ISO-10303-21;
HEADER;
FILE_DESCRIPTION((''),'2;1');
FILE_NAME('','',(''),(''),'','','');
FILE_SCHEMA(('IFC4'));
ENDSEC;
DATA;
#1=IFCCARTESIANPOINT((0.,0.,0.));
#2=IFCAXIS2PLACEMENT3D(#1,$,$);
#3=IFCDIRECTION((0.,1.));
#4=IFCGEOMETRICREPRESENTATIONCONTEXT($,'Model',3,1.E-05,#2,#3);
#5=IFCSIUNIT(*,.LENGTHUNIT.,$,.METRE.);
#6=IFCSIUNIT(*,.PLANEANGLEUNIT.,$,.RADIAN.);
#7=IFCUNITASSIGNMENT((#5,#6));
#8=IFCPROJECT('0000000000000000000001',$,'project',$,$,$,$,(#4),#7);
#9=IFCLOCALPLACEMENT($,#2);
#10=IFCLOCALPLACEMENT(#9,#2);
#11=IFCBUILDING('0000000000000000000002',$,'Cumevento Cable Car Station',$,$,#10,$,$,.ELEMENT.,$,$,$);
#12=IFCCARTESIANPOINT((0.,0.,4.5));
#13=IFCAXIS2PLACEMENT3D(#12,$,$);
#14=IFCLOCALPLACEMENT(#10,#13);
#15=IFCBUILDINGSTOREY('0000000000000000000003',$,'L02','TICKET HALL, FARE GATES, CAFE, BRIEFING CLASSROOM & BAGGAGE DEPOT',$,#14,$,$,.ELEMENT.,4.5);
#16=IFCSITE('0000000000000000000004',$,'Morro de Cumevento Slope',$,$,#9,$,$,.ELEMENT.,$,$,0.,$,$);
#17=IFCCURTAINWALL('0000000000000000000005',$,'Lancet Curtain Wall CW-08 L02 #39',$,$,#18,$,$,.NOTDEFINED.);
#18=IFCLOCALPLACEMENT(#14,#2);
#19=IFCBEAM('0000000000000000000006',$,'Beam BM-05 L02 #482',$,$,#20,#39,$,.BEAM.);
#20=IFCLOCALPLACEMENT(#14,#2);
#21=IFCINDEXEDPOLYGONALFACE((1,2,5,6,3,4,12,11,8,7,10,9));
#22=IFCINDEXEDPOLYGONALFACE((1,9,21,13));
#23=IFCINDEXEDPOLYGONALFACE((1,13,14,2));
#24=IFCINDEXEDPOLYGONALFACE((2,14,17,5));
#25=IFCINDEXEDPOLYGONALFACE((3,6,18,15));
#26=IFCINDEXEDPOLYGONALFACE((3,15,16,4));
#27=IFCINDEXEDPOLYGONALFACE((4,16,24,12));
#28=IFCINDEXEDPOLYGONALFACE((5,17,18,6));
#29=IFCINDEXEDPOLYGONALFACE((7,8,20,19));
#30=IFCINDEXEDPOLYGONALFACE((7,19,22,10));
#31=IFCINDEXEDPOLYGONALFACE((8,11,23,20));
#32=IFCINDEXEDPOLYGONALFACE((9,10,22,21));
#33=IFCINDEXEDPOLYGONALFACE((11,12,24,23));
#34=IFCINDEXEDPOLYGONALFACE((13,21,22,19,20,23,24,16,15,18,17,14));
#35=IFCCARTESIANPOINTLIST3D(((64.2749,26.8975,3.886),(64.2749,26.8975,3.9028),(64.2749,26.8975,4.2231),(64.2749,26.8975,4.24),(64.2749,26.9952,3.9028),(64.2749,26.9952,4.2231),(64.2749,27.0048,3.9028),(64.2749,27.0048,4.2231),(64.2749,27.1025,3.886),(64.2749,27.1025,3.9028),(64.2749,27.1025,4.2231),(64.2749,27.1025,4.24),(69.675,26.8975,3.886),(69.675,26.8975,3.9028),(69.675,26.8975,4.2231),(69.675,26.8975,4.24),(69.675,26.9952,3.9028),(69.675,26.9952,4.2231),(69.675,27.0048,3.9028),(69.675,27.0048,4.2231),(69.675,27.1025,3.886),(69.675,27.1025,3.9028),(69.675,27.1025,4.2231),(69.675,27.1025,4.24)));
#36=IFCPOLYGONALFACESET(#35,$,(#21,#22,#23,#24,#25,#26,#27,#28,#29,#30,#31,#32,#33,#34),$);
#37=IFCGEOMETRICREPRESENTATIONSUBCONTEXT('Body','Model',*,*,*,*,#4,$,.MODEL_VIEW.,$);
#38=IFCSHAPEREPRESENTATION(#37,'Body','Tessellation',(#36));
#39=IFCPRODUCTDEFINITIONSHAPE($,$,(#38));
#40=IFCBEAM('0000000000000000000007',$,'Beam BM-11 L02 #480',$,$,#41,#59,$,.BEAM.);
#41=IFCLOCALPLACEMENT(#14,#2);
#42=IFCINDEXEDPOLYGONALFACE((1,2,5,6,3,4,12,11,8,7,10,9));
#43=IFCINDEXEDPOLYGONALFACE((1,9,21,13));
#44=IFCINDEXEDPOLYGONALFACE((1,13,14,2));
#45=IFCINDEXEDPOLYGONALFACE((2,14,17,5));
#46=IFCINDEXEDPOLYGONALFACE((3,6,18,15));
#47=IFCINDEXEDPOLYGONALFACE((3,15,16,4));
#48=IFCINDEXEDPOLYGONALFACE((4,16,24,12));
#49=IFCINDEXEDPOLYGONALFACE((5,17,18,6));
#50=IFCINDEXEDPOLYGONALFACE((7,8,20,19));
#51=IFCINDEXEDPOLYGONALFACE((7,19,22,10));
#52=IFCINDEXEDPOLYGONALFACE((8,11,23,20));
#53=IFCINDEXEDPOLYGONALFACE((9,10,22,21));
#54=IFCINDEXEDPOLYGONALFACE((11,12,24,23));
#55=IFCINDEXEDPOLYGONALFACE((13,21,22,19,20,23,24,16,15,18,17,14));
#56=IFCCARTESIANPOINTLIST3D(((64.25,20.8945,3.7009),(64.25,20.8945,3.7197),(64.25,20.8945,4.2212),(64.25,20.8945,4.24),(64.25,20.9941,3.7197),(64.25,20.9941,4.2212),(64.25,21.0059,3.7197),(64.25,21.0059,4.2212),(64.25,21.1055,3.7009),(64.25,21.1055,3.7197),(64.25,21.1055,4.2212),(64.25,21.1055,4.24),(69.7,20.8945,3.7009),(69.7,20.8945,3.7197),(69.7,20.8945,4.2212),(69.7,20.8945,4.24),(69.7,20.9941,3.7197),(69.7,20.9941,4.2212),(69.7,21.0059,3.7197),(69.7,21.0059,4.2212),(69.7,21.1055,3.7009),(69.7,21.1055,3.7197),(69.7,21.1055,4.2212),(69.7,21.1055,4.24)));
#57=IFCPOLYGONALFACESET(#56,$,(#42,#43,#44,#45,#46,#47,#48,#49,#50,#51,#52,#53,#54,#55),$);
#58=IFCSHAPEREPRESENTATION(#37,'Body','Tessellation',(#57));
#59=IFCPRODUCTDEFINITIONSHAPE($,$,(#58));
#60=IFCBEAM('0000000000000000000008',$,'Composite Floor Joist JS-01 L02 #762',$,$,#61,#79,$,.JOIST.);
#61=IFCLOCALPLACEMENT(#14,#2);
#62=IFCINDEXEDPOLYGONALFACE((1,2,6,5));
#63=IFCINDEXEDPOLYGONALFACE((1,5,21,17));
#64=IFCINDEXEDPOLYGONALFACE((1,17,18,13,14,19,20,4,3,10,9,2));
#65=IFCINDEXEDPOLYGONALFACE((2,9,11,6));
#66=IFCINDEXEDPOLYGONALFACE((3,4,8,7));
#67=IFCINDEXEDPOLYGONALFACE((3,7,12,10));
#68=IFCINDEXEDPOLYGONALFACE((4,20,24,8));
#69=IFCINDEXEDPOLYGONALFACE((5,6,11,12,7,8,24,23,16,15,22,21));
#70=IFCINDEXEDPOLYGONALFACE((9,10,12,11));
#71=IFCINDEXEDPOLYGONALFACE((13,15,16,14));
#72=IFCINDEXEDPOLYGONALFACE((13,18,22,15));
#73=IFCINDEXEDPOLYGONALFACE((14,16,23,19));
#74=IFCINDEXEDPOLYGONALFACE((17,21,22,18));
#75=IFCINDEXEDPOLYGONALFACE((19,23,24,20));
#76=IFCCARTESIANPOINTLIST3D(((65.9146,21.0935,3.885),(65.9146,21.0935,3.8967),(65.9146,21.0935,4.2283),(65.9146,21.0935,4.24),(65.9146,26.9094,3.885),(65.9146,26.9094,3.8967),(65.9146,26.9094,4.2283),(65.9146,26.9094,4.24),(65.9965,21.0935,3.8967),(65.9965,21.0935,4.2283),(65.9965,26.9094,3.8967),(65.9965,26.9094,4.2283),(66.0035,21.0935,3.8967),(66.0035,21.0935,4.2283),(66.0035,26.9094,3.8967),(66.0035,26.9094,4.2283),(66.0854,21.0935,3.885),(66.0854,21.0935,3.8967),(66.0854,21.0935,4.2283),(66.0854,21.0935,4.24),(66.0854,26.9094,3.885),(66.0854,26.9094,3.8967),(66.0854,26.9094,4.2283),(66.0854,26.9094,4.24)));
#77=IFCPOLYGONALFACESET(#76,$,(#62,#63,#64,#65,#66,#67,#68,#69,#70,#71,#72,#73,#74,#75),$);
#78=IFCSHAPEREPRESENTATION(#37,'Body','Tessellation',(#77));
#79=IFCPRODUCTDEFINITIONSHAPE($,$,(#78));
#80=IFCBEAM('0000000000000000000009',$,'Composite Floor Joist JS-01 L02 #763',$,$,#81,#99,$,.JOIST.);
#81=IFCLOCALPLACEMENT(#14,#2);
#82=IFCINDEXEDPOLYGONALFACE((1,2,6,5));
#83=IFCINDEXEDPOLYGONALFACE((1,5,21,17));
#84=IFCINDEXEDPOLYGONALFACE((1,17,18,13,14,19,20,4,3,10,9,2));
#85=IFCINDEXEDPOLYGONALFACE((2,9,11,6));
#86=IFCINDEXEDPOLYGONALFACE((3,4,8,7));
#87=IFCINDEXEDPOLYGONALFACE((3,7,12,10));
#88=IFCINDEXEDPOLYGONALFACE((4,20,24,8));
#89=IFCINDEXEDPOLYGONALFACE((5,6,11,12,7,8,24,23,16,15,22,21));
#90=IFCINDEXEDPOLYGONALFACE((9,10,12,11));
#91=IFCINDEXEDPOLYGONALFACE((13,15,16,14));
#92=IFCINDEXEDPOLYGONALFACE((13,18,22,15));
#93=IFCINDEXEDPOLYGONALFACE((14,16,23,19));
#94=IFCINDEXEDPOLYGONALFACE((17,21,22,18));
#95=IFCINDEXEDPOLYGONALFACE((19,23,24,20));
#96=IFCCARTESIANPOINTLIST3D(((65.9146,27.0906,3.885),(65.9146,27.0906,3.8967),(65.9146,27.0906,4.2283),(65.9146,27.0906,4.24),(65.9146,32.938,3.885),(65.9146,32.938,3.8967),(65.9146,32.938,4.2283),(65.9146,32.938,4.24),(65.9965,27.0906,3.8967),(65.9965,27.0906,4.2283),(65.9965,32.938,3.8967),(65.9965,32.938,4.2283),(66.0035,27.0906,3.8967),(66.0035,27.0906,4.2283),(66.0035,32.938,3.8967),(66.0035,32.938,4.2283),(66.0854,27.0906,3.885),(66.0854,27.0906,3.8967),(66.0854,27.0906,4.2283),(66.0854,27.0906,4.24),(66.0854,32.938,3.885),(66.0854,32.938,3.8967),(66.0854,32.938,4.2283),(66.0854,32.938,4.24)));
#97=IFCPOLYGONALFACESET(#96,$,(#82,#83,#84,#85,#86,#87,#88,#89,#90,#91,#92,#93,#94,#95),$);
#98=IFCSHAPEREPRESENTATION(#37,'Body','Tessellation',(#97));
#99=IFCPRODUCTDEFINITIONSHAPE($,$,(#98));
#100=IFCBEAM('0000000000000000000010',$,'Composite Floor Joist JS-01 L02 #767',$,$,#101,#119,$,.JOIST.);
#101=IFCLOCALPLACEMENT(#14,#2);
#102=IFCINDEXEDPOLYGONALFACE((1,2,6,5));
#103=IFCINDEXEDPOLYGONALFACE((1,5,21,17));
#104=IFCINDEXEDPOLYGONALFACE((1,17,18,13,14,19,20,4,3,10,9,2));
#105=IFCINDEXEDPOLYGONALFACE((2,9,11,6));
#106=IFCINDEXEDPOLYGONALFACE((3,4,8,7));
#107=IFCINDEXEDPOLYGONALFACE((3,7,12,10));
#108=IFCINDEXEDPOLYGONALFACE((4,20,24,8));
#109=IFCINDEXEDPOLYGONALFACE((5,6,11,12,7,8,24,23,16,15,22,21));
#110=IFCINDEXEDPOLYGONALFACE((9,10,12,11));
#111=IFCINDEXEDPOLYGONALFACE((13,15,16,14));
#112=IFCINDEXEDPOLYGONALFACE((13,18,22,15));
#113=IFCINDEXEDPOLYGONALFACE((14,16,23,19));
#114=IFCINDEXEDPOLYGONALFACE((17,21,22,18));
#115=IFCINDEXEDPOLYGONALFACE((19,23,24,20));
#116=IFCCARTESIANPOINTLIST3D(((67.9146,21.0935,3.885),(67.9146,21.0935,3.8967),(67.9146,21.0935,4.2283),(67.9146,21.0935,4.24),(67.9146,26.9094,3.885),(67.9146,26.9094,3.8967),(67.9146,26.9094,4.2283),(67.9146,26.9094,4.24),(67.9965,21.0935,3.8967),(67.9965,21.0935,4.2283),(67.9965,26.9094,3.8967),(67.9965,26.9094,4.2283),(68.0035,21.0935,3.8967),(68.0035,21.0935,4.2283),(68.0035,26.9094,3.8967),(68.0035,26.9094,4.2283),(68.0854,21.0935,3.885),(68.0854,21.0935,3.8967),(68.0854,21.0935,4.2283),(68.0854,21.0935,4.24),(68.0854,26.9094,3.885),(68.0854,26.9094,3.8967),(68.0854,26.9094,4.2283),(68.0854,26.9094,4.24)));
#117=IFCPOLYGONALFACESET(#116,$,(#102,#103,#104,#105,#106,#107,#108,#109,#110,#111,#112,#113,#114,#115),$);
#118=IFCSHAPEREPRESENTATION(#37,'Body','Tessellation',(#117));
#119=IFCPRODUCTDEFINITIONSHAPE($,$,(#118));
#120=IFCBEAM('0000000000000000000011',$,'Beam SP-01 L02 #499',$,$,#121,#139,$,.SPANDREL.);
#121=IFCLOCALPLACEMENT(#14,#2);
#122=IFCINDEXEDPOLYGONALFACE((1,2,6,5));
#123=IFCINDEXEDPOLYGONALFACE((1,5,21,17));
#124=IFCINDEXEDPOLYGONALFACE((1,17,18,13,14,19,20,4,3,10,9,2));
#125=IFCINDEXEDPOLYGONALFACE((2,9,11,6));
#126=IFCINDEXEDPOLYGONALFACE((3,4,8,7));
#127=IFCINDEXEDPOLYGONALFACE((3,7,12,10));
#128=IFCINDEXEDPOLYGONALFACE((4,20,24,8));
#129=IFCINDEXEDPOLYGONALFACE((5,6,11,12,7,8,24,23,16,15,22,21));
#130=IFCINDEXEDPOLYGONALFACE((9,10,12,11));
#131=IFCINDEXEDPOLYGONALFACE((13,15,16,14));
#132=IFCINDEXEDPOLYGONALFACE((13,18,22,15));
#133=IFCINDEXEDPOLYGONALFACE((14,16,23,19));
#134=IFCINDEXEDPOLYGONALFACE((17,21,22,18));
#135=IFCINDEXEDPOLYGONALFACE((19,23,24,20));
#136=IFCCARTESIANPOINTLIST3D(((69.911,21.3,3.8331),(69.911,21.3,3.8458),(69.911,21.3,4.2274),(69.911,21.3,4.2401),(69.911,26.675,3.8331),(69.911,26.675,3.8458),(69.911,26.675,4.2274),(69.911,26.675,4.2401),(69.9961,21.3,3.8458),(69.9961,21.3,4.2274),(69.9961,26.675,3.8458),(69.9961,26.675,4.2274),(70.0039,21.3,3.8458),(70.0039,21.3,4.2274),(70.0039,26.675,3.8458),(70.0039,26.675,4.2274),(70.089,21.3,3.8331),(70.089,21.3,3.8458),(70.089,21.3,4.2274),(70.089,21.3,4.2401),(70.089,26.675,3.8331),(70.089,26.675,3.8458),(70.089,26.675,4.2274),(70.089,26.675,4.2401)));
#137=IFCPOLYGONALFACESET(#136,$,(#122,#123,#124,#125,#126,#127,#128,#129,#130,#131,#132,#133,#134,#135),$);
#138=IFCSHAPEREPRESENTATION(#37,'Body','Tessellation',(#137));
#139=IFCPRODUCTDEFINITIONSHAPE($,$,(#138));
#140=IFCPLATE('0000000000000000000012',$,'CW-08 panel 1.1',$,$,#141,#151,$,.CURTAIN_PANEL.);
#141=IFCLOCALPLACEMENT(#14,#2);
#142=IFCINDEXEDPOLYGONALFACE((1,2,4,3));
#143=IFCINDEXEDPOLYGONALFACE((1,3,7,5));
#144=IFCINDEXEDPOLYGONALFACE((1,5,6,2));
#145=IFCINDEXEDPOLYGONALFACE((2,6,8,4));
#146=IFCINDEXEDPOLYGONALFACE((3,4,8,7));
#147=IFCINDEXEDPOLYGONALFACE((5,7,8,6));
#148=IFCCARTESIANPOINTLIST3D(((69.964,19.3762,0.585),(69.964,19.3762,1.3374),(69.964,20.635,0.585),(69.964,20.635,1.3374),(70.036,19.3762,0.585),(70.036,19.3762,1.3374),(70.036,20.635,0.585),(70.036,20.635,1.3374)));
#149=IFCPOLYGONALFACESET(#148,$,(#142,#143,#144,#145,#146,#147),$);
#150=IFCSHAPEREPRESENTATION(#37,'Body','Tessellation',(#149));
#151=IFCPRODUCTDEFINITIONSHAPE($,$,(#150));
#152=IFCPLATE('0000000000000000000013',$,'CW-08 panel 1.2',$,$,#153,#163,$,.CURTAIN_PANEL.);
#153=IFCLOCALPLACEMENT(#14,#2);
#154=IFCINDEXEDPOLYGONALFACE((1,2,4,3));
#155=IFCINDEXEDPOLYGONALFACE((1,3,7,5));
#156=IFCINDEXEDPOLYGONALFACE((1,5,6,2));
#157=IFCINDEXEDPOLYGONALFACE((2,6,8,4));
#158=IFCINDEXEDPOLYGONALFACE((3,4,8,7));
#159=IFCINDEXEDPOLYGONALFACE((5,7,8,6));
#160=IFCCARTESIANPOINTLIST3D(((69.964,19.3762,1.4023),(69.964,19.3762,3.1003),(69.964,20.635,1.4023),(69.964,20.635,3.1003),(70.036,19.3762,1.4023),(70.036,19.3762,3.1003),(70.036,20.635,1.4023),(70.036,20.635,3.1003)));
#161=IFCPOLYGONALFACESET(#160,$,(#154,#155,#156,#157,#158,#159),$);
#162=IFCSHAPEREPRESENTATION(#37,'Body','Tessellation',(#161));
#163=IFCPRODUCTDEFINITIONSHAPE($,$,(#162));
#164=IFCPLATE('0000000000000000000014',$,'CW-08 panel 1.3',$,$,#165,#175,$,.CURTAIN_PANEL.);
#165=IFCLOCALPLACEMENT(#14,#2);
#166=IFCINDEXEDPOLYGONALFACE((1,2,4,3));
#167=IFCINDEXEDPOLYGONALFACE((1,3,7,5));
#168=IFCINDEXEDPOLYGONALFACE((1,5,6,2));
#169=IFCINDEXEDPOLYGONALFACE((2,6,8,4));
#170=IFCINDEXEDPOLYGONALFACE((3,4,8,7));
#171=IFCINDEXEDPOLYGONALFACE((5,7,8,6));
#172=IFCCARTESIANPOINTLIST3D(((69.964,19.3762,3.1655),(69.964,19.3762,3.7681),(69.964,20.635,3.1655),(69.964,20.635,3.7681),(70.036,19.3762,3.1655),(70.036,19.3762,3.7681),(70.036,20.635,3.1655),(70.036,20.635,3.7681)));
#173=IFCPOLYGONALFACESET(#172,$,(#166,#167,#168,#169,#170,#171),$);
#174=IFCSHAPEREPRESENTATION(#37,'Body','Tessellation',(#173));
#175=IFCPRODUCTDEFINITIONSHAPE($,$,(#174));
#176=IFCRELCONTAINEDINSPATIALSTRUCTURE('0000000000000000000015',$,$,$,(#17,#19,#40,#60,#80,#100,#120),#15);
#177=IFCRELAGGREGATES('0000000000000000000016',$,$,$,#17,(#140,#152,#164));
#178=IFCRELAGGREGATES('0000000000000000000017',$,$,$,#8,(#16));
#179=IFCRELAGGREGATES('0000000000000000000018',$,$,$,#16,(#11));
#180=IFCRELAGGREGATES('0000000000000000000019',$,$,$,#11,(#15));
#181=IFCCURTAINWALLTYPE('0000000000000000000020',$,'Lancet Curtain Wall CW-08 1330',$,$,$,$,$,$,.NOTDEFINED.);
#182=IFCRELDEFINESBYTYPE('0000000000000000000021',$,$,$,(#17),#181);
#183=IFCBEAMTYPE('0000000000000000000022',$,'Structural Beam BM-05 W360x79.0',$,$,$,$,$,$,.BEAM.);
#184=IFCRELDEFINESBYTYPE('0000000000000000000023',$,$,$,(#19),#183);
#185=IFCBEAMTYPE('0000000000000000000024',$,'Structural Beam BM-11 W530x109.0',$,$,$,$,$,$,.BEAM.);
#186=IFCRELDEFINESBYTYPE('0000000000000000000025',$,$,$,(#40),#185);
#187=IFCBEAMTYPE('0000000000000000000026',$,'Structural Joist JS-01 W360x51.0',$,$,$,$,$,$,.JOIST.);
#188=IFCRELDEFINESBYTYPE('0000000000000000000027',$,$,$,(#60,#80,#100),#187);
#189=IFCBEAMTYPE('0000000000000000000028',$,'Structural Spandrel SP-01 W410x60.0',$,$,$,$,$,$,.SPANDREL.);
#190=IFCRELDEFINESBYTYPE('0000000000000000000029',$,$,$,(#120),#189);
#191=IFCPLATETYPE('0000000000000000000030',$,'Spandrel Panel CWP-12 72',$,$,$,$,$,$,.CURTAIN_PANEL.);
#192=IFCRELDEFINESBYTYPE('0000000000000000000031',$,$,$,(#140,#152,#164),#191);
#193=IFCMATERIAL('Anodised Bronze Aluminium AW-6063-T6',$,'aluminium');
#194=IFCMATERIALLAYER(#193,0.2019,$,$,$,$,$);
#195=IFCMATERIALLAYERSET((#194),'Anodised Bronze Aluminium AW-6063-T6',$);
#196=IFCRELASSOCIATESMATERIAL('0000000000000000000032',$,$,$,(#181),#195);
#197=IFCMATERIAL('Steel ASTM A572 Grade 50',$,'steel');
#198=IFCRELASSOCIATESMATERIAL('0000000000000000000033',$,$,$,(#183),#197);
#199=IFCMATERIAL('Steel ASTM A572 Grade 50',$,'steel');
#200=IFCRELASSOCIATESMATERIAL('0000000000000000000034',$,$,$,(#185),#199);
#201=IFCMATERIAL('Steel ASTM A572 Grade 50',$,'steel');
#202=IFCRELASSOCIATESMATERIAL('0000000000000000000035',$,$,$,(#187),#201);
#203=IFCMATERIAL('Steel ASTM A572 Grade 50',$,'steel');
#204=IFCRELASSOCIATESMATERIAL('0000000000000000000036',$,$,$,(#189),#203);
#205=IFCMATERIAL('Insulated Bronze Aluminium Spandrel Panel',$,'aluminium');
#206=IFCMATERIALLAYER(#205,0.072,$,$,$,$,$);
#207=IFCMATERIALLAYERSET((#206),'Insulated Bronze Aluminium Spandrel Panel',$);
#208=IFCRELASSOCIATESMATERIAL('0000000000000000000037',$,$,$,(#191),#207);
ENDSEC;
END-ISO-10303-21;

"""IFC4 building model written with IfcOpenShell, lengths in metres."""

from ifc_helpers import new_model, si_unit, direction, frame, origin, origin_2d, place, context, subcontext, project, spatial, rectangle, i_section, extrude, material, layer, layer_set, material_profile, profile_set, type_object, element, aggregate, save


model = new_model("IFC4")

# Units and contexts
model_context = context("Model", 3, precision=1e-05, world=origin(), true_north=direction((0.0, 1.0)))
body_context = subcontext(model_context, "Body", "Model", "MODEL_VIEW")
ifc_project = project(units=[si_unit("LENGTHUNIT", "METRE"), si_unit("PLANEANGLEUNIT", "RADIAN")], contexts=[model_context])

# Site, building, storey
site_placement = place(None, origin())
site = spatial("IfcSite", under=ifc_project, at=site_placement, Name="Morro de Cumevento Slope", CompositionType="ELEMENT", RefElevation=0.0)
building_placement = place(site_placement, origin())
building = spatial("IfcBuilding", under=site, at=building_placement, Name="Cumevento Cable Car Station", CompositionType="ELEMENT")
storey_placement = place(building_placement, frame((0.0, 0.0, 4.5)))
storey = spatial("IfcBuildingStorey", under=building, at=storey_placement, Name="L02", Description="TICKET HALL, FARE GATES, CAFE, BRIEFING CLASSROOM & BAGGAGE DEPOT", CompositionType="ELEMENT", Elevation=4.5)

# Curtain wall
ifc_material_1 = material(Name="Anodised Bronze Aluminium AW-6063-T6", Category="aluminium")
ifc_layer_1 = layer(ifc_material_1, 0.2019)
ifc_layer_set_1 = layer_set([ifc_layer_1], Name="Anodised Bronze Aluminium AW-6063-T6")
curtain_wall_type = type_object("IfcCurtainWallType", Name="Lancet Curtain Wall CW-08 1330", PredefinedType="NOTDEFINED", material=ifc_layer_set_1)
curtain_wall_placement = place(storey_placement, origin())
curtain_wall = element("IfcCurtainWall", 1, at=curtain_wall_placement, inside=storey, type_object=curtain_wall_type, Name="Lancet Curtain Wall CW-08 L02 #39", PredefinedType="NOTDEFINED")

# Beams
ifc_material_2 = material(Name="Steel ASTM A572 Grade 50", Category="steel")
ifc_material_profile_1 = material_profile(ifc_material_2, i_section(OverallWidth=0.2051, OverallDepth=0.354, WebThickness=0.0095, FlangeThickness=0.0168, at=origin_2d()), Name="W360x79.0")
ifc_profile_set_1 = profile_set([ifc_material_profile_1], Name="Steel ASTM A572 Grade 50")
beam_type_1 = type_object("IfcBeamType", Name="Structural Beam BM-05 W360x79.0", PredefinedType="BEAM", material=ifc_profile_set_1)
beam_1_placement = place(storey_placement, frame((64.2749, 27.0, 4.063), z_axis=(1.0, 0.0, 0.0), x_axis=(0.0, 1.0, 0.0)))
element("IfcBeam", 2, at=beam_1_placement, inside=storey, type_object=beam_type_1, Name="Beam BM-05 L02 #482", PredefinedType="BEAM", context=body_context, shape_type="SweptSolid", body=[
    extrude(i_section(OverallWidth=0.2051, OverallDepth=0.354, WebThickness=0.0095, FlangeThickness=0.0168, at=origin_2d()), origin(), (0.0, 0.0, 1.0), 5.4001),
])
ifc_material_3 = material(Name="Steel ASTM A572 Grade 50", Category="steel")
ifc_material_profile_2 = material_profile(ifc_material_3, i_section(OverallWidth=0.2109, OverallDepth=0.5391, WebThickness=0.0117, FlangeThickness=0.0188, at=origin_2d()), Name="W530x109.0")
ifc_profile_set_2 = profile_set([ifc_material_profile_2], Name="Steel ASTM A572 Grade 50")
beam_type_2 = type_object("IfcBeamType", Name="Structural Beam BM-11 W530x109.0", PredefinedType="BEAM", material=ifc_profile_set_2)
beam_2_placement = place(storey_placement, frame((64.25, 21.0, 3.9705), z_axis=(1.0, 0.0, 0.0), x_axis=(0.0, 1.0, 0.0)))
element("IfcBeam", 3, at=beam_2_placement, inside=storey, type_object=beam_type_2, Name="Beam BM-11 L02 #480", PredefinedType="BEAM", context=body_context, shape_type="SweptSolid", body=[
    extrude(i_section(OverallWidth=0.2109, OverallDepth=0.5391, WebThickness=0.0117, FlangeThickness=0.0188, at=origin_2d()), origin(), (0.0, 0.0, 1.0), 5.45),
])
ifc_material_4 = material(Name="Steel ASTM A572 Grade 50", Category="steel")
ifc_material_profile_3 = material_profile(ifc_material_4, i_section(OverallWidth=0.1709, OverallDepth=0.355, WebThickness=0.0071, FlangeThickness=0.0117, at=origin_2d()), Name="W360x51.0")
ifc_profile_set_3 = profile_set([ifc_material_profile_3], Name="Steel ASTM A572 Grade 50")
beam_type_3 = type_object("IfcBeamType", Name="Structural Joist JS-01 W360x51.0", PredefinedType="JOIST", material=ifc_profile_set_3)
beam_3_placement = place(storey_placement, frame((66.0, 21.0935, 4.0625), z_axis=(0.0, 1.0, 0.0), x_axis=(-1.0, 0.0, 0.0)))
element("IfcBeam", 4, at=beam_3_placement, inside=storey, type_object=beam_type_3, Name="Composite Floor Joist JS-01 L02 #762", PredefinedType="JOIST", context=body_context, shape_type="SweptSolid", body=[
    extrude(i_section(OverallWidth=0.1709, OverallDepth=0.355, WebThickness=0.0071, FlangeThickness=0.0117, at=origin_2d()), origin(), (0.0, 0.0, 1.0), 5.8159),
])
beam_4_placement = place(storey_placement, frame((66.0, 27.0906, 4.0625), z_axis=(0.0, 1.0, 0.0), x_axis=(-1.0, 0.0, 0.0)))
element("IfcBeam", 5, at=beam_4_placement, inside=storey, type_object=beam_type_3, Name="Composite Floor Joist JS-01 L02 #763", PredefinedType="JOIST", context=body_context, shape_type="SweptSolid", body=[
    extrude(i_section(OverallWidth=0.1709, OverallDepth=0.355, WebThickness=0.0071, FlangeThickness=0.0117, at=origin_2d()), origin(), (0.0, 0.0, 1.0), 5.8474),
])
beam_5_placement = place(storey_placement, frame((68.0, 21.0935, 4.0625), z_axis=(0.0, 1.0, 0.0), x_axis=(-1.0, 0.0, 0.0)))
element("IfcBeam", 6, at=beam_5_placement, inside=storey, type_object=beam_type_3, Name="Composite Floor Joist JS-01 L02 #767", PredefinedType="JOIST", context=body_context, shape_type="SweptSolid", body=[
    extrude(i_section(OverallWidth=0.1709, OverallDepth=0.355, WebThickness=0.0071, FlangeThickness=0.0117, at=origin_2d()), origin(), (0.0, 0.0, 1.0), 5.8159),
])
ifc_material_5 = material(Name="Steel ASTM A572 Grade 50", Category="steel")
ifc_material_profile_4 = material_profile(ifc_material_5, i_section(OverallWidth=0.178, OverallDepth=0.407, WebThickness=0.0078, FlangeThickness=0.0127, at=origin_2d()), Name="W410x60.0")
ifc_profile_set_4 = profile_set([ifc_material_profile_4], Name="Steel ASTM A572 Grade 50")
beam_type_4 = type_object("IfcBeamType", Name="Structural Spandrel SP-01 W410x60.0", PredefinedType="SPANDREL", material=ifc_profile_set_4)
beam_6_placement = place(storey_placement, frame((70.0, 21.3, 4.0366), z_axis=(0.0, 1.0, 0.0), x_axis=(-1.0, 0.0, 0.0)))
element("IfcBeam", 7, at=beam_6_placement, inside=storey, type_object=beam_type_4, Name="Beam SP-01 L02 #499", PredefinedType="SPANDREL", context=body_context, shape_type="SweptSolid", body=[
    extrude(i_section(OverallWidth=0.178, OverallDepth=0.407, WebThickness=0.0078, FlangeThickness=0.0127, at=origin_2d()), origin(), (0.0, 0.0, 1.0), 5.375),
])

# Plates
ifc_material_6 = material(Name="Insulated Bronze Aluminium Spandrel Panel", Category="aluminium")
ifc_layer_2 = layer(ifc_material_6, 0.072)
ifc_layer_set_2 = layer_set([ifc_layer_2], Name="Insulated Bronze Aluminium Spandrel Panel")
plate_type = type_object("IfcPlateType", Name="Spandrel Panel CWP-12 72", PredefinedType="CURTAIN_PANEL", material=ifc_layer_set_2)
plate_1_placement = place(storey_placement, frame((70.0, 20.0056, 0.585), z_axis=(0.0, 0.0, 1.0), x_axis=(0.0, -1.0, 0.0)))
plate_1 = element("IfcPlate", 8, at=plate_1_placement, type_object=plate_type, Name="CW-08 panel 1.1", PredefinedType="CURTAIN_PANEL", context=body_context, shape_type="SweptSolid", body=[
    extrude(rectangle(XDim=1.2588, YDim=0.072, at=origin_2d()), origin(), (0.0, 0.0, 1.0), 0.7524),
])
plate_2_placement = place(storey_placement, frame((70.0, 20.0056, 1.4023), z_axis=(0.0, 0.0, 1.0), x_axis=(0.0, -1.0, 0.0)))
plate_2 = element("IfcPlate", 9, at=plate_2_placement, type_object=plate_type, Name="CW-08 panel 1.2", PredefinedType="CURTAIN_PANEL", context=body_context, shape_type="SweptSolid", body=[
    extrude(rectangle(XDim=1.2588, YDim=0.072, at=origin_2d()), origin(), (0.0, 0.0, 1.0), 1.698),
])
plate_3_placement = place(storey_placement, frame((70.0, 20.0056, 3.1655), z_axis=(0.0, 0.0, 1.0), x_axis=(0.0, -1.0, 0.0)))
plate_3 = element("IfcPlate", 10, at=plate_3_placement, type_object=plate_type, Name="CW-08 panel 1.3", PredefinedType="CURTAIN_PANEL", context=body_context, shape_type="SweptSolid", body=[
    extrude(rectangle(XDim=1.2588, YDim=0.072, at=origin_2d()), origin(), (0.0, 0.0, 1.0), 0.6025),
])
aggregate(curtain_wall, [plate_1, plate_2, plate_3])

save(model, "model.ifc")
